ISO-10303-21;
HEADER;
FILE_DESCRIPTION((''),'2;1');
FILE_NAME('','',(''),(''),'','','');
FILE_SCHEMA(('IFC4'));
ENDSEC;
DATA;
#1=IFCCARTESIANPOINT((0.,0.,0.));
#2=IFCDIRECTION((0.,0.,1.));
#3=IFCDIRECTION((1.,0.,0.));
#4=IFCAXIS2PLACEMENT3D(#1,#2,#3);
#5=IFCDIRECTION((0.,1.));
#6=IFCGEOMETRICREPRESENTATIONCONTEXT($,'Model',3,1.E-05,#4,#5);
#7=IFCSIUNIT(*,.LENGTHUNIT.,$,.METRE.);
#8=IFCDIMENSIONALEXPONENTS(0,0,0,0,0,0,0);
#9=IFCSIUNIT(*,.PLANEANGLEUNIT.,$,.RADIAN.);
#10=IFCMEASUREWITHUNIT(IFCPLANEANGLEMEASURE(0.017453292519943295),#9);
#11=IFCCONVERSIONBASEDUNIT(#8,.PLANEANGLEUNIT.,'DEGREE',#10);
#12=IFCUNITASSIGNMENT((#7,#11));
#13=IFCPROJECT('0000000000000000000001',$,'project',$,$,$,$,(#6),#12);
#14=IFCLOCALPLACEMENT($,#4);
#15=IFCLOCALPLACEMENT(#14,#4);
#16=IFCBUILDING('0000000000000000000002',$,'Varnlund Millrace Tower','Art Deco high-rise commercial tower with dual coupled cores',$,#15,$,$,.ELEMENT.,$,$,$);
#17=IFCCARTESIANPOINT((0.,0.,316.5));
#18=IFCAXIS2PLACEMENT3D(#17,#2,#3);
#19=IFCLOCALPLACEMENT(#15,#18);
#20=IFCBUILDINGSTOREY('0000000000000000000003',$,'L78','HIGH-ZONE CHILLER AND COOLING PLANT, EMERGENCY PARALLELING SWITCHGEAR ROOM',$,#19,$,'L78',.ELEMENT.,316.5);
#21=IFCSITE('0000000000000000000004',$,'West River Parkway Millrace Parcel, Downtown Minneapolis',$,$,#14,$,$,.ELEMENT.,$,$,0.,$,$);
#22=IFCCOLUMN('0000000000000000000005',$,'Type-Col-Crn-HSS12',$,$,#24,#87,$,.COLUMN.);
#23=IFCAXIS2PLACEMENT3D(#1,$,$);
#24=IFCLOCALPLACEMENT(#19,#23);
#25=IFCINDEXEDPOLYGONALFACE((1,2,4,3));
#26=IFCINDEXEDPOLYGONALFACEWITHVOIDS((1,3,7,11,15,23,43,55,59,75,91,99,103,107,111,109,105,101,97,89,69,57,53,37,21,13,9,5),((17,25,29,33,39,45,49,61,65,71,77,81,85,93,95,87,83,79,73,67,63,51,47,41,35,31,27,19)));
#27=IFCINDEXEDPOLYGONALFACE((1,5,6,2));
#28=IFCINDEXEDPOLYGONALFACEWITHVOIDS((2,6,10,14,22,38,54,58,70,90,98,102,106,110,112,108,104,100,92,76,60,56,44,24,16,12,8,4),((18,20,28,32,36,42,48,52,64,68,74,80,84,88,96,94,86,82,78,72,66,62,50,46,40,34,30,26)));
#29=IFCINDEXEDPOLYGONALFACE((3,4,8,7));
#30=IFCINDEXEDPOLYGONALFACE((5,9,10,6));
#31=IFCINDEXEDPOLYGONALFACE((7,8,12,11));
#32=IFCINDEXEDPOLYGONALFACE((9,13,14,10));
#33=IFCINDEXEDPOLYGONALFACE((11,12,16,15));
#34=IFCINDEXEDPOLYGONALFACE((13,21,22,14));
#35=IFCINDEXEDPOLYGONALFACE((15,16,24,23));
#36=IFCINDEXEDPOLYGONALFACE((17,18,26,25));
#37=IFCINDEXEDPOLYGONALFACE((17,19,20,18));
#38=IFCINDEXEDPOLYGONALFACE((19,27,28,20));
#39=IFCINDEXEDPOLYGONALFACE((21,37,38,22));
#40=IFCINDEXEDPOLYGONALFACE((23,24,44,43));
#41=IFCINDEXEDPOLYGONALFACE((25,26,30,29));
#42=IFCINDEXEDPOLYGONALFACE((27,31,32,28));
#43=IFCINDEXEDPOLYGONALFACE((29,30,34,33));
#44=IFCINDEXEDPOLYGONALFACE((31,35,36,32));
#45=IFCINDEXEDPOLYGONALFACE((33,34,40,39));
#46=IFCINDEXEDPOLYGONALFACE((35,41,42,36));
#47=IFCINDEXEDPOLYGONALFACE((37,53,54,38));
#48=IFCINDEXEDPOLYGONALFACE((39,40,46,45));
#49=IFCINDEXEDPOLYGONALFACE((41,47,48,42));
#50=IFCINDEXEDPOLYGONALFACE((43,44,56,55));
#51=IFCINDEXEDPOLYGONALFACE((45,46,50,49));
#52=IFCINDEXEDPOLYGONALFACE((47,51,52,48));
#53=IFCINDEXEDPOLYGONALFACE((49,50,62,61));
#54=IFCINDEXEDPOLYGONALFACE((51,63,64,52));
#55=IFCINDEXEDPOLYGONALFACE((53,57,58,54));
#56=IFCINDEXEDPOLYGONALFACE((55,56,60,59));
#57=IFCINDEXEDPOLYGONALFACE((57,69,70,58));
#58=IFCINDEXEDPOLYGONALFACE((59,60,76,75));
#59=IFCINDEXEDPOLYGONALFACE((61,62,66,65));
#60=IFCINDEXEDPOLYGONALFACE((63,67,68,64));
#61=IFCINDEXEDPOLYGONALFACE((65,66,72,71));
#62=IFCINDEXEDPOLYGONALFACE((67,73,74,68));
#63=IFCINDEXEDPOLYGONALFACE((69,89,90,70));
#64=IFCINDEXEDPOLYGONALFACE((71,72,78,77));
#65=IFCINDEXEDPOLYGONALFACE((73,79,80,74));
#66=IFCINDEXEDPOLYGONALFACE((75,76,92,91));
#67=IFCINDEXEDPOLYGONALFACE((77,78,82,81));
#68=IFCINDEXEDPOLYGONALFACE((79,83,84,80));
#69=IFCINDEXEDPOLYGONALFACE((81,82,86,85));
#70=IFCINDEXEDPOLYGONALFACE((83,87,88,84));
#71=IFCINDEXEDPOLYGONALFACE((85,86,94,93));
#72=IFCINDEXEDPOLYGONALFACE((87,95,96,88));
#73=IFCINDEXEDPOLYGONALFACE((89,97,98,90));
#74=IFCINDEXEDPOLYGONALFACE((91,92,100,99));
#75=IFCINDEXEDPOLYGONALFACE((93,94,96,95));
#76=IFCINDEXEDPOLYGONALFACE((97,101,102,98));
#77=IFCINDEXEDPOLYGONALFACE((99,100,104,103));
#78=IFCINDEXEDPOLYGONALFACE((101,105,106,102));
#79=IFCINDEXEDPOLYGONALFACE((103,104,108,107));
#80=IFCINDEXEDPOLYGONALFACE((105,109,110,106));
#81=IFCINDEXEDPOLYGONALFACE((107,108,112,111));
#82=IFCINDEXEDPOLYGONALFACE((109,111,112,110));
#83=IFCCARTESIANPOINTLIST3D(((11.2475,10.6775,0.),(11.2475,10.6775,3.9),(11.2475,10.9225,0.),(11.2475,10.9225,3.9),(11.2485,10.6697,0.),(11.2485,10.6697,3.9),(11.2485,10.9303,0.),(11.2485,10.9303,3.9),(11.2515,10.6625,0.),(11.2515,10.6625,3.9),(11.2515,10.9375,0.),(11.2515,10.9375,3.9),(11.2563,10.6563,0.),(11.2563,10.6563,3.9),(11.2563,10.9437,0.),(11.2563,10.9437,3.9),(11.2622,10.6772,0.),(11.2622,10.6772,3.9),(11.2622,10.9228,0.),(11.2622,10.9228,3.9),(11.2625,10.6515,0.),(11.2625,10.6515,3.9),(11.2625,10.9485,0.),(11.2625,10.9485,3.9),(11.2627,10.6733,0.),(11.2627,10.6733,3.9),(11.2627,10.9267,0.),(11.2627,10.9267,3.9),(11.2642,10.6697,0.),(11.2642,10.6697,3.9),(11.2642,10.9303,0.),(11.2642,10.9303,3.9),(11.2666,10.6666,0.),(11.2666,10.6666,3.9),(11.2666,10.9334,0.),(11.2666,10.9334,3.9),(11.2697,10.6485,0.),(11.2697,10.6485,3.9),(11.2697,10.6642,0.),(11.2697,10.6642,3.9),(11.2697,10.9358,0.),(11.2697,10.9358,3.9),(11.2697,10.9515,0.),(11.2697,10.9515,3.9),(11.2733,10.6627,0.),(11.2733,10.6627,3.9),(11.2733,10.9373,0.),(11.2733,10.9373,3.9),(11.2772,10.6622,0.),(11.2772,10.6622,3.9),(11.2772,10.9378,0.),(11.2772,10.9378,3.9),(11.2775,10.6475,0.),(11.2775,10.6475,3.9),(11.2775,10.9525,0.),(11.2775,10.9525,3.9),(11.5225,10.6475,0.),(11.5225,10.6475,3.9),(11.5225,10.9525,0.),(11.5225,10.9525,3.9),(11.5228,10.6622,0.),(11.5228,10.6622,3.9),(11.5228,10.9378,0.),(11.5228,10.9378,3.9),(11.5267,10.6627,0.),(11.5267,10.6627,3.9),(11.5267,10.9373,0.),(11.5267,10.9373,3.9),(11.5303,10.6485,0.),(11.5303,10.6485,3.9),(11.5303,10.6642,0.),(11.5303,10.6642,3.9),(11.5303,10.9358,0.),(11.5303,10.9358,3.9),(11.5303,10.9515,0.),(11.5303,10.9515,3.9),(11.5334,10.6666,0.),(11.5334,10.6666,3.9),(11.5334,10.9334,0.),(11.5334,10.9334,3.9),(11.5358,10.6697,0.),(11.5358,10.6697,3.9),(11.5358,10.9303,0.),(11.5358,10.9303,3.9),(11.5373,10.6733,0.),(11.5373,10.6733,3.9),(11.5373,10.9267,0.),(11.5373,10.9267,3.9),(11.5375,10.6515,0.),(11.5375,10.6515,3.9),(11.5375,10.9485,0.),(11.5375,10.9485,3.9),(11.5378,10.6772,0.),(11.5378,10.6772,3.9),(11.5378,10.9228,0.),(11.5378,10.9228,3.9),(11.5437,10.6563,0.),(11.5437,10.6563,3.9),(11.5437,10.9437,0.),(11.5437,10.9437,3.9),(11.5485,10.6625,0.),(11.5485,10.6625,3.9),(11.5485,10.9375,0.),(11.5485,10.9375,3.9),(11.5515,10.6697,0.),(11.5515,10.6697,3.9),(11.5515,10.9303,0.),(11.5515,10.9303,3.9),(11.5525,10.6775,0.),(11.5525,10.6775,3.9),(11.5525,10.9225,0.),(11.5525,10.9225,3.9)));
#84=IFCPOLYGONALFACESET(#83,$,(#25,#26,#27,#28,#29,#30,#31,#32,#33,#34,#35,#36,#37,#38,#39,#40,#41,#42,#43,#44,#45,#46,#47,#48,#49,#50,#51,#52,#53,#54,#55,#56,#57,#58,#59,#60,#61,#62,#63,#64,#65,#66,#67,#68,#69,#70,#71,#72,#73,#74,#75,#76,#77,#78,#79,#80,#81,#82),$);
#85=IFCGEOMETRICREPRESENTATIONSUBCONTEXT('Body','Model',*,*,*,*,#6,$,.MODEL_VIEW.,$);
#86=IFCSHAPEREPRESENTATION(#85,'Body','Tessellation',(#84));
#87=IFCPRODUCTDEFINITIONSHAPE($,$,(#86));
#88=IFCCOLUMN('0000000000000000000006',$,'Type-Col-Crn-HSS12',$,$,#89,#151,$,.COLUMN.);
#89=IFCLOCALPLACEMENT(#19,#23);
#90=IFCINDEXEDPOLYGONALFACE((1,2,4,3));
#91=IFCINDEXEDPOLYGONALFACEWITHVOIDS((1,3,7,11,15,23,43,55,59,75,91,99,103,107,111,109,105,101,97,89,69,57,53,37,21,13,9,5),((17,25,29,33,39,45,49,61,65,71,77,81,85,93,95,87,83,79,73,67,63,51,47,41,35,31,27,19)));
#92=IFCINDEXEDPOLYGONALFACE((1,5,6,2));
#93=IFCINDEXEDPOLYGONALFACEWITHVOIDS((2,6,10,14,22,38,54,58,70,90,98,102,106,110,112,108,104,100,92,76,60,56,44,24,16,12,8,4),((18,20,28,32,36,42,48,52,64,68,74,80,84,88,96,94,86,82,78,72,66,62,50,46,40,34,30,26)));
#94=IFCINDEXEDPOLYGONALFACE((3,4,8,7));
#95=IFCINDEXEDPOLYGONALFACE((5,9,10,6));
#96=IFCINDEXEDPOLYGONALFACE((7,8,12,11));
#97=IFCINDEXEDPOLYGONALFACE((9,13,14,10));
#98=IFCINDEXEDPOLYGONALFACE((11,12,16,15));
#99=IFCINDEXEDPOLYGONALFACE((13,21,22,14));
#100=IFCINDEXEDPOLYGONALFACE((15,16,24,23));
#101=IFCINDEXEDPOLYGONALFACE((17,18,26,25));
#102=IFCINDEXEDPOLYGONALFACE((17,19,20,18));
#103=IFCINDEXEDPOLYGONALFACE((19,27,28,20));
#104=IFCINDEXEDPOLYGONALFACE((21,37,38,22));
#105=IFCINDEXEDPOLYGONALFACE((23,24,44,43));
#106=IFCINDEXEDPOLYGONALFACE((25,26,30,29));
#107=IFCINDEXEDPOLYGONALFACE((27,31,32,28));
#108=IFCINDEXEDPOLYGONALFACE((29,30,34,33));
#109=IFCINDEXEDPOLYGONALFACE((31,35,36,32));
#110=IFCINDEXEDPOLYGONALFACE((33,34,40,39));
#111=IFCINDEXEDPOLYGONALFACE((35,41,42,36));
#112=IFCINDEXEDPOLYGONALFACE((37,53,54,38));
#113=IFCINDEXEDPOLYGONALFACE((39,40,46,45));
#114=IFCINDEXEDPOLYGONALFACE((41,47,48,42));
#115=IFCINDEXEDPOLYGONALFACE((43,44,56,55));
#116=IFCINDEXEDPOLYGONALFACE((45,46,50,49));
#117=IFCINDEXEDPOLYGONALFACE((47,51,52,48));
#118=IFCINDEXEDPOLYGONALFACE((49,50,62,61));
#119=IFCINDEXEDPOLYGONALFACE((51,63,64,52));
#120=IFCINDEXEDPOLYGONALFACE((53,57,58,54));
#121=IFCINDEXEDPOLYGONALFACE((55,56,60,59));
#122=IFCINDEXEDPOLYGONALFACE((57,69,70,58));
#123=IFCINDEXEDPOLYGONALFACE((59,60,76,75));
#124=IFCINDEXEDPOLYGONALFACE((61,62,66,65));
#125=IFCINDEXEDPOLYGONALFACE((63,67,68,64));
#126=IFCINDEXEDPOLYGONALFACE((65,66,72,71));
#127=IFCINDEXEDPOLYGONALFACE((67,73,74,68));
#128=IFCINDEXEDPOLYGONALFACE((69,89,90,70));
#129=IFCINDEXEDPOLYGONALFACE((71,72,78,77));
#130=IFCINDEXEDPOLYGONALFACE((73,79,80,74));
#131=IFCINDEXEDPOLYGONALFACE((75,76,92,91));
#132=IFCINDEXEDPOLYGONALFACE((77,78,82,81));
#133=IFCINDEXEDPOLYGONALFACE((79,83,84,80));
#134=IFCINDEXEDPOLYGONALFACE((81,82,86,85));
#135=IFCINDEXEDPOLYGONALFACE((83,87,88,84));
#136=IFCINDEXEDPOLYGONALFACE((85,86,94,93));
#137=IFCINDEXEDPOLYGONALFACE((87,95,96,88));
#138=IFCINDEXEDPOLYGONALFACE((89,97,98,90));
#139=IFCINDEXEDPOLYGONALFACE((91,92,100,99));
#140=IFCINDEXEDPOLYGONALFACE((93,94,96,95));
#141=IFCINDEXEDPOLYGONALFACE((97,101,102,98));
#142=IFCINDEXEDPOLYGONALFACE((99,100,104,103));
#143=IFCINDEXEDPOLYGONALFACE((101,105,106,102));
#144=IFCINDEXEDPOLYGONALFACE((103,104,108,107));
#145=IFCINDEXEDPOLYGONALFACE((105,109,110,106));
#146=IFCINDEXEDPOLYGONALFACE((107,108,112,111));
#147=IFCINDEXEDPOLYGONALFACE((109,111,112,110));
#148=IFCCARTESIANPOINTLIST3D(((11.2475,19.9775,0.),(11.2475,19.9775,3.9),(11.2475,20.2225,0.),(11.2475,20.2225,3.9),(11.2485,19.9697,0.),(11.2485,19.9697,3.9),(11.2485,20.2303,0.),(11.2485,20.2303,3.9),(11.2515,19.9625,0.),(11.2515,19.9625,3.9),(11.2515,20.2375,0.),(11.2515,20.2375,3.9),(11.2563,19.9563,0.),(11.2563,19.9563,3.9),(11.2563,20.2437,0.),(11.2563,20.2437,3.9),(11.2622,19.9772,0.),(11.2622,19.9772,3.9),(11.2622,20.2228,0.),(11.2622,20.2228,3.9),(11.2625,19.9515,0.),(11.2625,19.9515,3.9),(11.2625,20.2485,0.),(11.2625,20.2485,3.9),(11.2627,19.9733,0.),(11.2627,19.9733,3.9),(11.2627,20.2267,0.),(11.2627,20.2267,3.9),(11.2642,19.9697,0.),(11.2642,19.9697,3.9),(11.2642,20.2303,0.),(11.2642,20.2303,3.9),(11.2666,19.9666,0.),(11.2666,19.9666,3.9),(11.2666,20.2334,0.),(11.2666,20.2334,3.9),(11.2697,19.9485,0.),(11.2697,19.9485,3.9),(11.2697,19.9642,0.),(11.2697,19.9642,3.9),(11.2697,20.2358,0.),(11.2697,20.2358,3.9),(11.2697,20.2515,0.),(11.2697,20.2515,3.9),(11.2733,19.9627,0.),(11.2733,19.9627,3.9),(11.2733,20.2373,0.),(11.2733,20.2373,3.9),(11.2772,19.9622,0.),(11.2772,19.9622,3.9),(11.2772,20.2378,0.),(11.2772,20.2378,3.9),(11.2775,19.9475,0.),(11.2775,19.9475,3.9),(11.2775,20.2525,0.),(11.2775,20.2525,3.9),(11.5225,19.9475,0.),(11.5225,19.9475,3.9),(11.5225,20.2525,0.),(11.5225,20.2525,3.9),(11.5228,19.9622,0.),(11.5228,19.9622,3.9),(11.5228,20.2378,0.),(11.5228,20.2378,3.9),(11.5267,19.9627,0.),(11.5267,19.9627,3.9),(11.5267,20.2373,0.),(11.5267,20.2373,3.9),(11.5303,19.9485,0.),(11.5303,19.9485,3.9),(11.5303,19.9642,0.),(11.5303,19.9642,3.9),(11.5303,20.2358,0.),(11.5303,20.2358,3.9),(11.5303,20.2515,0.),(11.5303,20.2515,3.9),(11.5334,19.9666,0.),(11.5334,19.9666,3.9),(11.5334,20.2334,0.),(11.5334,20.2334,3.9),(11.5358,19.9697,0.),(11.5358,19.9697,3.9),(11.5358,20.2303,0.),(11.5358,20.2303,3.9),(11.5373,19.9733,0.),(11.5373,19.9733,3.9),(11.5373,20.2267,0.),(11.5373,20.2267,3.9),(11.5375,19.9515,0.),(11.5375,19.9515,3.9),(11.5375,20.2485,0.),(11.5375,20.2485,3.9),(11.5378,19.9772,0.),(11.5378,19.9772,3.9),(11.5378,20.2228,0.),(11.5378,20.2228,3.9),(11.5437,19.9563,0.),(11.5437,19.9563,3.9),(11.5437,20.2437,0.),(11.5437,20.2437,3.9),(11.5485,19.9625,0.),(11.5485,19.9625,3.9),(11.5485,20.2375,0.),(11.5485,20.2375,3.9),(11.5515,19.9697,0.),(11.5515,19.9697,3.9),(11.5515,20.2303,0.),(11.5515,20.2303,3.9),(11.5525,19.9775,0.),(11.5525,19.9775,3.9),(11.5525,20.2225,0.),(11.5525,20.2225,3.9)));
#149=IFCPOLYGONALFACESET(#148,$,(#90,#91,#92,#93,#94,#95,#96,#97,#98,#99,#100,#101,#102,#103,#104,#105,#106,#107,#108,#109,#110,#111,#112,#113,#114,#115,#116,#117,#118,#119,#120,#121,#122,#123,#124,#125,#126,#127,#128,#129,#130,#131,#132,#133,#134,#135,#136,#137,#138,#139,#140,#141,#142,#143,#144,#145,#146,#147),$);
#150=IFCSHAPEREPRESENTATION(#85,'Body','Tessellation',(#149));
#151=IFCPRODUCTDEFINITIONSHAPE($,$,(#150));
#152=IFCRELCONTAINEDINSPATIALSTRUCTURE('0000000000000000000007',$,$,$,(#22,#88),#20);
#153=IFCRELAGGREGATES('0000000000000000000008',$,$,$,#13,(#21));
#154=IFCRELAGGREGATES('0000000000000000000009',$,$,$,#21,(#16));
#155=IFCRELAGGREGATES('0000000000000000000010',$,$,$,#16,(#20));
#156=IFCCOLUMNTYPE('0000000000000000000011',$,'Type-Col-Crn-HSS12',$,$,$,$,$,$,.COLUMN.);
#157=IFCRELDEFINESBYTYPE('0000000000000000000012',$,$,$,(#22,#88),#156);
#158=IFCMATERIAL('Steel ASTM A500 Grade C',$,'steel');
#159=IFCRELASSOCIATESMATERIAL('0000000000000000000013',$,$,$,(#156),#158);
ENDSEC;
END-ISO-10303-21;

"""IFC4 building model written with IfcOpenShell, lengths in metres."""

from ifc_helpers import new_model, entity, si_unit, converted_unit, direction, frame, origin_with_axes, origin_2d_with_axis, place, context, subcontext, project, spatial, hollow_rectangle, extrude, material, material_profile, profile_set, type_object, element, save


model = new_model("IFC4")

# Units and contexts
model_context = context("Model", 3, precision=1e-05, world=origin_with_axes(), true_north=direction((0.0, 1.0)))
body_context = subcontext(model_context, "Body", "Model", "MODEL_VIEW")
ifc_project = project(units=[si_unit("LENGTHUNIT", "METRE"), converted_unit("PLANEANGLEUNIT", "DEGREE", entity("IfcPlaneAngleMeasure", 0.017453292519943295), si_unit("PLANEANGLEUNIT", "RADIAN"), dimensions=[0, 0, 0, 0, 0, 0, 0])], contexts=[model_context])

# Site, building, storey
site_placement = place(None, origin_with_axes())
site = spatial("IfcSite", under=ifc_project, at=site_placement, Name="West River Parkway Millrace Parcel, Downtown Minneapolis", CompositionType="ELEMENT", RefElevation=0.0)
building_placement = place(site_placement, origin_with_axes())
building = spatial("IfcBuilding", under=site, at=building_placement, Name="Varnlund Millrace Tower", Description="Art Deco high-rise commercial tower with dual coupled cores", CompositionType="ELEMENT")
storey_placement = place(building_placement, frame((0.0, 0.0, 316.5), z_axis=(0.0, 0.0, 1.0), x_axis=(1.0, 0.0, 0.0)))
storey = spatial("IfcBuildingStorey", under=building, at=storey_placement, Name="L78", Description="HIGH-ZONE CHILLER AND COOLING PLANT, EMERGENCY PARALLELING SWITCHGEAR ROOM", LongName="L78", CompositionType="ELEMENT", Elevation=316.5)

# Columns
ifc_material_1 = material(Name="Steel ASTM A500 Grade C", Category="steel")
ifc_material_profile_1 = material_profile(ifc_material_1, hollow_rectangle(XDim=0.305, YDim=0.305, WallThickness=0.0147, InnerFilletRadius=0.015, OuterFilletRadius=0.03, at=origin_2d_with_axis()), Name="Steel ASTM A500 Grade C")
ifc_profile_set_1 = profile_set([ifc_material_profile_1], Name="Steel ASTM A500 Grade C")
column_type = type_object("IfcColumnType", Name="Type-Col-Crn-HSS12", PredefinedType="COLUMN", material=ifc_profile_set_1)
for number, where, z_axis, x_axis, name in (
    (1, (11.4, 10.8, 0.0), (0.0, 0.0, 1.0), (1.0, 0.0, 0.0), "Type-Col-Crn-HSS12"),
    (2, (11.4, 20.1, 0.0), (0.0, 0.0, 1.0), (1.0, 0.0, 0.0), "Type-Col-Crn-HSS12"),
):
    element("IfcColumn", number, at=place(storey_placement, frame(where, z_axis=z_axis, x_axis=x_axis)), inside=storey, type_object=column_type, Name=name, PredefinedType="COLUMN", context=body_context, shape_type="SweptSolid", body=[
        extrude(hollow_rectangle(XDim=0.305, YDim=0.305, WallThickness=0.0147, InnerFilletRadius=0.015, OuterFilletRadius=0.03, at=origin_2d_with_axis()), origin_with_axes(), (0.0, 0.0, 1.0), 3.9),
    ])

save(model, "model.ifc")
